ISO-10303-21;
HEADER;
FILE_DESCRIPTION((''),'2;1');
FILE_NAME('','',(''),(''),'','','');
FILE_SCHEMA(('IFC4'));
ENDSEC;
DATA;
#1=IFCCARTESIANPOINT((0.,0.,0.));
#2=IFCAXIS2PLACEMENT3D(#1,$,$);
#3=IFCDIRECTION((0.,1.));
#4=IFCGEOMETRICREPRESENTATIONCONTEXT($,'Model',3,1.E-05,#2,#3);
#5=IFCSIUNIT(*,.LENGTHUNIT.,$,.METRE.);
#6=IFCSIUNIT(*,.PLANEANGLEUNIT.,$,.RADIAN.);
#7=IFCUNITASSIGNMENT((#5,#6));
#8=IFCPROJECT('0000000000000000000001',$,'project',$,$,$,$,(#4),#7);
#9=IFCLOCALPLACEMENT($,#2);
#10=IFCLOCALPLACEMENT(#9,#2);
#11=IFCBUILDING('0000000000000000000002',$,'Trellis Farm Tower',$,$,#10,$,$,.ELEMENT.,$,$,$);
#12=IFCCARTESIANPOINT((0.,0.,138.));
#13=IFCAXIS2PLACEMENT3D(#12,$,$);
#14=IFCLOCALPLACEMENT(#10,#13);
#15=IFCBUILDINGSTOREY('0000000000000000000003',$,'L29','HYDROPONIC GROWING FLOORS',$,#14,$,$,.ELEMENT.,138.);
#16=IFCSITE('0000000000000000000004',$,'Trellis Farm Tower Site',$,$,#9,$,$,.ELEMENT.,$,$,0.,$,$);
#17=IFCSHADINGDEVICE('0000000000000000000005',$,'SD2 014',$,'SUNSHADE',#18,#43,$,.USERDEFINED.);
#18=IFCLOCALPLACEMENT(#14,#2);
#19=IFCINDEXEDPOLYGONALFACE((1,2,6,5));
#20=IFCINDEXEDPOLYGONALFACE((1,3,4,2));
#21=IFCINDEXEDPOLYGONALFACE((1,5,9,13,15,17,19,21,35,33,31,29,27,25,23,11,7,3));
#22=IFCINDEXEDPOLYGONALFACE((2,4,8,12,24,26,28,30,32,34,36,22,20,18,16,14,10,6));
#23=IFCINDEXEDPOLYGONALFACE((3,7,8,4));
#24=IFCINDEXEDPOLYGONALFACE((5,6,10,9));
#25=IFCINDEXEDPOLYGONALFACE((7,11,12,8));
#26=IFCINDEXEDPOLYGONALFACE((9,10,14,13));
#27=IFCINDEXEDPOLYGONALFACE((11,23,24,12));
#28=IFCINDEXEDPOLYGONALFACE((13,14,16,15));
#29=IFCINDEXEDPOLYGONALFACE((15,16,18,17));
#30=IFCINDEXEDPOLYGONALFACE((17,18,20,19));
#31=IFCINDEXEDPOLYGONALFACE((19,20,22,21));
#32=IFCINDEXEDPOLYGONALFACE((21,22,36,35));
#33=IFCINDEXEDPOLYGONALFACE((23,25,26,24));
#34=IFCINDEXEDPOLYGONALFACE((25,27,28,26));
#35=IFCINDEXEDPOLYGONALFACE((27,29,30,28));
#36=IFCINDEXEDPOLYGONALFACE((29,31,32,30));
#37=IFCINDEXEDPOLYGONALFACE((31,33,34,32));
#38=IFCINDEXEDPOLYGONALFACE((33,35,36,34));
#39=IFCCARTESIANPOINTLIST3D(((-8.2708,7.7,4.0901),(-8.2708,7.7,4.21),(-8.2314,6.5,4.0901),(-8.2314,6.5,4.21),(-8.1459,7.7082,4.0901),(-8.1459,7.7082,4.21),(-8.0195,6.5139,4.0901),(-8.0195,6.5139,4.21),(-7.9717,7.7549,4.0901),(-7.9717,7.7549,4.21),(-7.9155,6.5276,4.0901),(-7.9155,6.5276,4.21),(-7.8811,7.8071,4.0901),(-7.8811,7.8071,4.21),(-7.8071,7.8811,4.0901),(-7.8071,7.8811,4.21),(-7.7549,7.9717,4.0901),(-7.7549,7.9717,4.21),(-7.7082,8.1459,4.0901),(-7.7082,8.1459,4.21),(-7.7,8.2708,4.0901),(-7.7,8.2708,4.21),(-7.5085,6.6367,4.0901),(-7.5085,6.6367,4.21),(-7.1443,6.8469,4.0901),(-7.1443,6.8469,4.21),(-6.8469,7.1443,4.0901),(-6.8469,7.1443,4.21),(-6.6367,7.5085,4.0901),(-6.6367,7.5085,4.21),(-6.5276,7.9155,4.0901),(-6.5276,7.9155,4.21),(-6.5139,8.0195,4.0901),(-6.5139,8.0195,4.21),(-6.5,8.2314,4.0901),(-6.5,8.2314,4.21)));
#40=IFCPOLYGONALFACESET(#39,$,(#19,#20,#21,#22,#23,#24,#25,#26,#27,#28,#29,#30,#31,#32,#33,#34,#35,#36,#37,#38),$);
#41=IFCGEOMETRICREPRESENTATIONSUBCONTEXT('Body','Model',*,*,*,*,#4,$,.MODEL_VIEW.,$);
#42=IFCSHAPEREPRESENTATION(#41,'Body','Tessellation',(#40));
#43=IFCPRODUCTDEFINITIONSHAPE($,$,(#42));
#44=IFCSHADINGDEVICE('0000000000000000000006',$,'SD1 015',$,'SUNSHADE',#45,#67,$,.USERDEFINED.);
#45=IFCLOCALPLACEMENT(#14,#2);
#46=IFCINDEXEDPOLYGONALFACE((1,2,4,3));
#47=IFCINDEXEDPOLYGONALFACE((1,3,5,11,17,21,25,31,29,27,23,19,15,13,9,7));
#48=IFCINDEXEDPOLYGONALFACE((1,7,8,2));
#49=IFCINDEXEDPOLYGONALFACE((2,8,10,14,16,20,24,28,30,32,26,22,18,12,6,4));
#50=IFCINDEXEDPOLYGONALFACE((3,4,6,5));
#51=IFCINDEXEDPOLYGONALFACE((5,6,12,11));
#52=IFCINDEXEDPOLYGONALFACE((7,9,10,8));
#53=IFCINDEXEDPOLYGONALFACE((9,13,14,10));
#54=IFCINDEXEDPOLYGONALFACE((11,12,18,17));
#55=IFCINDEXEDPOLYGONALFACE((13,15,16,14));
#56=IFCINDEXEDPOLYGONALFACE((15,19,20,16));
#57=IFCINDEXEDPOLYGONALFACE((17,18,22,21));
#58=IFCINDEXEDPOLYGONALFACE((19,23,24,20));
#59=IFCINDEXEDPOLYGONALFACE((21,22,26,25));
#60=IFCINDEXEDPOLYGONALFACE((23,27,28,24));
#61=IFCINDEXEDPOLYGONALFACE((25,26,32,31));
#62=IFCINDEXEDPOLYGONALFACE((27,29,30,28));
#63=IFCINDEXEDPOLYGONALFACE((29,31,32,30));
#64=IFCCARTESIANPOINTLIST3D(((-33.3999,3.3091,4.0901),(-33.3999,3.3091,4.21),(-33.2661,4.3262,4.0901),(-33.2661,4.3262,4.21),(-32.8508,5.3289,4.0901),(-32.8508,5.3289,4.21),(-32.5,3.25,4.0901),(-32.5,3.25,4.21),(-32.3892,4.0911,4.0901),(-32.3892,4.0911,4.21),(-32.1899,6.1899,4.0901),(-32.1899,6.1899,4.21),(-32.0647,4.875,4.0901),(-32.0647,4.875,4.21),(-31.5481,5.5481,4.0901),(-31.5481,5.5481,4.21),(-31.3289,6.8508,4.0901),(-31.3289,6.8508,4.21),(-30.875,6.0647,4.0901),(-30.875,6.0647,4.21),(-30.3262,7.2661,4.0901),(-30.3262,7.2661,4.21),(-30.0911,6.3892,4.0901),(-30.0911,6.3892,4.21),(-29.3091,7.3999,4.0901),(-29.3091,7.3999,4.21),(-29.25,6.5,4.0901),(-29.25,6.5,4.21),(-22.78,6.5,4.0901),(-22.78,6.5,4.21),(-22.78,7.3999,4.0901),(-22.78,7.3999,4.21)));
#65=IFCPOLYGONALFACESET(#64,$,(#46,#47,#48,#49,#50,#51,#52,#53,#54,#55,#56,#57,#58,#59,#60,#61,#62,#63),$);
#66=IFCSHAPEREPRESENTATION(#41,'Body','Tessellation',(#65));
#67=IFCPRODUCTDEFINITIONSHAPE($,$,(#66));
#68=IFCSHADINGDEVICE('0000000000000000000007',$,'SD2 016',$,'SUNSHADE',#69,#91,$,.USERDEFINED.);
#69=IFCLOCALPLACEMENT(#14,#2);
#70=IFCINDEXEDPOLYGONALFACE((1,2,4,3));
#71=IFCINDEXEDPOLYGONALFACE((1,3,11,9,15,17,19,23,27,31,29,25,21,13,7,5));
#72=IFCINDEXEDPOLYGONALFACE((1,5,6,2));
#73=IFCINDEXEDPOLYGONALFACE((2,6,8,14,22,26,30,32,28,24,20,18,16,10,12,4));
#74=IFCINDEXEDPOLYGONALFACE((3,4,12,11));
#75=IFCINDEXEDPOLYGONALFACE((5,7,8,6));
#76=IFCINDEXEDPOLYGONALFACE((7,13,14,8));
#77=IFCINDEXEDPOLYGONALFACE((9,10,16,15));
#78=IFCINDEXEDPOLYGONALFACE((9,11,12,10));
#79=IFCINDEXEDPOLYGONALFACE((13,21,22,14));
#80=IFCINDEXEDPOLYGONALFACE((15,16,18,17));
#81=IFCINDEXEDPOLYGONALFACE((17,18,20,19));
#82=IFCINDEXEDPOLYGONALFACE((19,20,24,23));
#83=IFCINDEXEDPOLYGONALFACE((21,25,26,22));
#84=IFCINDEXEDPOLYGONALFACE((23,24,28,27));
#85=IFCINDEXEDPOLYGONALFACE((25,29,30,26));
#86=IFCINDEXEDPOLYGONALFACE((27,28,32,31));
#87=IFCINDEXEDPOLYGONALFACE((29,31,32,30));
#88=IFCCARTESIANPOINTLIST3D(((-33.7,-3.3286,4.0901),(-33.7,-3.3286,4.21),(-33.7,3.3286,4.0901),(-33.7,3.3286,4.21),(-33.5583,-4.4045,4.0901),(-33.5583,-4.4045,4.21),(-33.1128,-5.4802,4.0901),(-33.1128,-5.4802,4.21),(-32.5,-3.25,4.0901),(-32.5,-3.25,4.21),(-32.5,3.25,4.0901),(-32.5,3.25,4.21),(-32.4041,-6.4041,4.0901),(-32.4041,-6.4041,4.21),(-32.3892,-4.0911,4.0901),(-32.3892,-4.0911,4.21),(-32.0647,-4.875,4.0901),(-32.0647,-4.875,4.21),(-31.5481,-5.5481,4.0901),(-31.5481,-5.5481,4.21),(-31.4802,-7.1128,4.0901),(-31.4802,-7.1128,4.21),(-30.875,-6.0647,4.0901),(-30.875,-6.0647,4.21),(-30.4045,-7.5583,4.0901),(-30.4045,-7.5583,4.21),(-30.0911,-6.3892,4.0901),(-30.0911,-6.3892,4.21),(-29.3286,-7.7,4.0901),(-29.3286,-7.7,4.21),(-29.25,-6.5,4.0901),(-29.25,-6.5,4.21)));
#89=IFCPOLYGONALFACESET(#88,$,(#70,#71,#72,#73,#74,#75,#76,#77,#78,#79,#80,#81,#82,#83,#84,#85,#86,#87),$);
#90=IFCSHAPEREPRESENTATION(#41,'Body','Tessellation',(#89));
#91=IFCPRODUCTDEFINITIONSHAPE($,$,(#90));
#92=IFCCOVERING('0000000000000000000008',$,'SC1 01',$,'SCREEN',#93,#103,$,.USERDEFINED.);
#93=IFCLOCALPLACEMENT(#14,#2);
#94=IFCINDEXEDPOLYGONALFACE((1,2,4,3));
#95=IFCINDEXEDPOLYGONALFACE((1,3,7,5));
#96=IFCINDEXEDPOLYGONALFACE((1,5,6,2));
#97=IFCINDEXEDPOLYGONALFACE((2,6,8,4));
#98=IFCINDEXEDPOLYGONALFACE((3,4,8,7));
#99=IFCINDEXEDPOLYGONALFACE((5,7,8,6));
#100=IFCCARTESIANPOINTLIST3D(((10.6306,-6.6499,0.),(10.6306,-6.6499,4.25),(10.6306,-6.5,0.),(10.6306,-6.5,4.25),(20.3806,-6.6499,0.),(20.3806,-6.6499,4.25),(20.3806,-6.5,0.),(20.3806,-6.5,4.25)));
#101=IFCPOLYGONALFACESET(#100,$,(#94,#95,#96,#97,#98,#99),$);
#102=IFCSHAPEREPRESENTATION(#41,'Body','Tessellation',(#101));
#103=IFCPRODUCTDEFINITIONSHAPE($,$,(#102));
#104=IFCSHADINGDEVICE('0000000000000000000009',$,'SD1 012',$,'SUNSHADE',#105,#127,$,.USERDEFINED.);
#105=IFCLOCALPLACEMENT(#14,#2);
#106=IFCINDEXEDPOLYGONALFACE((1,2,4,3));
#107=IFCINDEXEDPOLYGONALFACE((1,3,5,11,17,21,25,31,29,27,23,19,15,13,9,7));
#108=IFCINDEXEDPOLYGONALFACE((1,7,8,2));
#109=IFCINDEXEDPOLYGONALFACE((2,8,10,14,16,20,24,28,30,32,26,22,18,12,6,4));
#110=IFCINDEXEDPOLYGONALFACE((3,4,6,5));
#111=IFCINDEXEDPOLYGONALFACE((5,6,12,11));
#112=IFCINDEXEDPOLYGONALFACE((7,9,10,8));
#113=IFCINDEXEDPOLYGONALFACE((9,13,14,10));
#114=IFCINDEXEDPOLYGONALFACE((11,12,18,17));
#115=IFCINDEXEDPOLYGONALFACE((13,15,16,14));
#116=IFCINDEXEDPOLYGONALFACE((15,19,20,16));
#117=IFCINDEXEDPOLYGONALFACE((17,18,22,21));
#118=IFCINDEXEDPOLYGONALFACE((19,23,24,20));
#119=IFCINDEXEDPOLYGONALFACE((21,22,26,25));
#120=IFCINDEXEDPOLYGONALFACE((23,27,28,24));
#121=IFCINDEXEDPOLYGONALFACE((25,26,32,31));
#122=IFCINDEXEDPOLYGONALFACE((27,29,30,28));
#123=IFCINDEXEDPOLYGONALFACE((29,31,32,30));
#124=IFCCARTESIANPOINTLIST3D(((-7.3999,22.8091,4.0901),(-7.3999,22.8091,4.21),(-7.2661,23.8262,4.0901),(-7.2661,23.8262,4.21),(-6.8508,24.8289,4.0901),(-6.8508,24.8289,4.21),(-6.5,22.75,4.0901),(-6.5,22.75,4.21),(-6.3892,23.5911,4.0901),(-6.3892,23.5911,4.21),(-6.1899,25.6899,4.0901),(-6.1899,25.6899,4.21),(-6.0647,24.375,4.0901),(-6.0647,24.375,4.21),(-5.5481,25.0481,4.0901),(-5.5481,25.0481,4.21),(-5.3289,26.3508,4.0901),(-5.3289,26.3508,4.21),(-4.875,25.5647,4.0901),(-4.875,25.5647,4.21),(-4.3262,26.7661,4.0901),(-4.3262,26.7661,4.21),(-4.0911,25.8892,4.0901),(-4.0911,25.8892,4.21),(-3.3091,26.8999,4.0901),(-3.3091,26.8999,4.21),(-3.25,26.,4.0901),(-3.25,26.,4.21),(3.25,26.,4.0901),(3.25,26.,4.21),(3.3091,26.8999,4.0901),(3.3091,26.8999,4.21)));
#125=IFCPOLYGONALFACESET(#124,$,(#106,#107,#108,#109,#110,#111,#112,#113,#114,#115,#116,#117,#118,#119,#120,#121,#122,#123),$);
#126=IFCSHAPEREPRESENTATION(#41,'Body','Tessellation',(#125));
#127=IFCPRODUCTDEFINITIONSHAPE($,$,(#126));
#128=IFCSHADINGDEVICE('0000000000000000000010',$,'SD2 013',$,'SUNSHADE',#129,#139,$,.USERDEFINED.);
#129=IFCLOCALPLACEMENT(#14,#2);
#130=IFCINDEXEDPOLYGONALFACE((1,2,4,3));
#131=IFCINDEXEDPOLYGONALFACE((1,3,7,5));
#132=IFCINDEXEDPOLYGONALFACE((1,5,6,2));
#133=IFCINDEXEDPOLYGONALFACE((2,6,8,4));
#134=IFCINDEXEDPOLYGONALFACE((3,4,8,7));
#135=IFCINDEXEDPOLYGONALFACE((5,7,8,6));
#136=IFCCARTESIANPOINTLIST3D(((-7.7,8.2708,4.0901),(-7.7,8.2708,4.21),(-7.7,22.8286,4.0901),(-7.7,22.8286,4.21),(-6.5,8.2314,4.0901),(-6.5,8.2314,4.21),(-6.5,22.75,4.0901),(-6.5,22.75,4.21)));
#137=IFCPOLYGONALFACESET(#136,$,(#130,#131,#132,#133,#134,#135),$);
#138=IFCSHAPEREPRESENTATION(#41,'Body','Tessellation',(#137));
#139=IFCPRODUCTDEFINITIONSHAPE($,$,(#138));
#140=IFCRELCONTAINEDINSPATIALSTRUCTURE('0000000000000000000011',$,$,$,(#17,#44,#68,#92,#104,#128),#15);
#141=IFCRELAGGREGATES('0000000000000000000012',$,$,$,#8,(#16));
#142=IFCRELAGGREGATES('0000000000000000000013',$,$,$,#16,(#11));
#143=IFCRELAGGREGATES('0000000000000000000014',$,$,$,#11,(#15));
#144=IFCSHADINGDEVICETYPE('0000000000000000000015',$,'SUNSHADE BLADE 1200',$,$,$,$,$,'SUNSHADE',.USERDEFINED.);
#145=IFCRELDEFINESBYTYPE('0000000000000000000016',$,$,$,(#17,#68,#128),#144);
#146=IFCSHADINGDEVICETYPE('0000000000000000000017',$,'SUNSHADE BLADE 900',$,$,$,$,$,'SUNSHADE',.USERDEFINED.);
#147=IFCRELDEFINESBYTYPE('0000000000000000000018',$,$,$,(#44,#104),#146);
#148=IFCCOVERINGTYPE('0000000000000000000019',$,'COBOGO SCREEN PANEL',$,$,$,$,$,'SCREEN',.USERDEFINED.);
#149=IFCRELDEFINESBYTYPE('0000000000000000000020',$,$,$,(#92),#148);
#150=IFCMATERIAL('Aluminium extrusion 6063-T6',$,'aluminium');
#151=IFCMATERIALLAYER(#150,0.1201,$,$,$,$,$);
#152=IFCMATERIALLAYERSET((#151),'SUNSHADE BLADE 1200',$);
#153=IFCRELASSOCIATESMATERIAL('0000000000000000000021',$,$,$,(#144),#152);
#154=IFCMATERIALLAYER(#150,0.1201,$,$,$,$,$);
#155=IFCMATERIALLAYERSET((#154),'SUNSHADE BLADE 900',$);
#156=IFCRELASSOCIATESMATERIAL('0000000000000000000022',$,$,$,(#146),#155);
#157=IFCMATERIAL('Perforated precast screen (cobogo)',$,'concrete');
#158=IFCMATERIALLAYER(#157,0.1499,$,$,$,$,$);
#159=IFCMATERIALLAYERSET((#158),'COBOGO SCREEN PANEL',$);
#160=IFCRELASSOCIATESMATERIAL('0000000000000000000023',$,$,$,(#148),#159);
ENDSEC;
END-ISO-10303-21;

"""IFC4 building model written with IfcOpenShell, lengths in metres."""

from ifc_helpers import new_model, si_unit, direction, frame, origin, place, context, subcontext, project, spatial, polyline, outline, extrude, source, transform, mapped, material, layer, layer_set, type_object, element, save


model = new_model("IFC4")

# Units and contexts
model_context = context("Model", 3, precision=1e-05, world=origin(), true_north=direction((0.0, 1.0)))
body_context = subcontext(model_context, "Body", "Model", "MODEL_VIEW")
ifc_project = project(units=[si_unit("LENGTHUNIT", "METRE"), si_unit("PLANEANGLEUNIT", "RADIAN")], contexts=[model_context])

# Site, building, storey
site_placement = place(None, origin())
site = spatial("IfcSite", under=ifc_project, at=site_placement, Name="Trellis Farm Tower Site", CompositionType="ELEMENT", RefElevation=0.0)
building_placement = place(site_placement, origin())
building = spatial("IfcBuilding", under=site, at=building_placement, Name="Trellis Farm Tower", CompositionType="ELEMENT")
storey_placement = place(building_placement, frame((0.0, 0.0, 138.0)))
storey = spatial("IfcBuildingStorey", under=building, at=storey_placement, Name="L29", Description="HYDROPONIC GROWING FLOORS", CompositionType="ELEMENT", Elevation=138.0)

# Shared definitions
placement_1 = place(storey_placement, origin())
ifc_material_1 = material(Name="Aluminium extrusion 6063-T6", Category="aluminium")

# Shading devices
ifc_layer_1 = layer(ifc_material_1, 0.1201)
ifc_layer_set_1 = layer_set([ifc_layer_1], Name="SUNSHADE BLADE 1200")
shading_device_type_1 = type_object("IfcShadingDeviceType", Name="SUNSHADE BLADE 1200", ElementType="SUNSHADE", PredefinedType="USERDEFINED", material=ifc_layer_set_1)
shared_shape_1 = source(origin(), body_context, "Body", "SweptSolid", [
    extrude(outline(polyline([(-7.7, 8.2708), (-7.7087, 8.1372), (-7.707, 8.1501), (-7.7549, 7.9717), (-7.8071, 7.8811), (-7.8811, 7.8071), (-7.9717, 7.7549), (-8.1501, 7.707), (-8.1372, 7.7087), (-8.2708, 7.7), (-8.2314, 6.5), (-8.0195, 6.5139), (-7.9155, 6.5276), (-7.5085, 6.6367), (-7.1443, 6.8469), (-6.8469, 7.1443), (-6.6367, 7.5085), (-6.5276, 7.9155), (-6.5139, 8.0195), (-6.5, 8.2314), (-7.7, 8.2708)])), origin(), (0.0, 0.0, 1.0), 0.1199),
])
placement_2 = place(storey_placement, frame((0.0, 0.0, 4.0901)))
element("IfcShadingDevice", 1, at=placement_2, inside=storey, type_object=shading_device_type_1, Name="SD2 014", ObjectType="SUNSHADE", PredefinedType="USERDEFINED", context=body_context, shape_type="MappedRepresentation", body=[
    mapped(shared_shape_1, transform((0.0, 0.0, 0.0))),
])
ifc_layer_2 = layer(ifc_material_1, 0.1201)
ifc_layer_set_2 = layer_set([ifc_layer_2], Name="SUNSHADE BLADE 900")
shading_device_type_2 = type_object("IfcShadingDeviceType", Name="SUNSHADE BLADE 900", ElementType="SUNSHADE", PredefinedType="USERDEFINED", material=ifc_layer_set_2)
shared_shape_2 = source(origin(), body_context, "Body", "SweptSolid", [
    extrude(outline(polyline([(-22.78, 7.3999), (-29.3091, 7.3999), (-30.3262, 7.2661), (-31.3289, 6.8508), (-32.1899, 6.1899), (-32.8508, 5.3289), (-33.2661, 4.3262), (-33.3999, 3.3091), (-32.5, 3.25), (-32.3892, 4.0911), (-32.0647, 4.875), (-31.5481, 5.5481), (-30.875, 6.0647), (-30.0911, 6.3892), (-29.25, 6.5), (-22.78, 6.5), (-22.78, 7.3999)])), origin(), (0.0, 0.0, 1.0), 0.1199),
])
element("IfcShadingDevice", 2, at=placement_2, inside=storey, type_object=shading_device_type_2, Name="SD1 015", ObjectType="SUNSHADE", PredefinedType="USERDEFINED", context=body_context, shape_type="MappedRepresentation", body=[
    mapped(shared_shape_2, transform((0.0, 0.0, 0.0))),
])
shared_shape_3 = source(origin(), body_context, "Body", "SweptSolid", [
    extrude(outline(polyline([(-33.7, 3.3286), (-33.7, -3.3286), (-33.5583, -4.4045), (-33.1128, -5.4802), (-32.4041, -6.4041), (-31.4802, -7.1128), (-30.4045, -7.5583), (-29.3286, -7.7), (-29.25, -6.5), (-30.0911, -6.3892), (-30.875, -6.0647), (-31.5481, -5.5481), (-32.0647, -4.875), (-32.3892, -4.0911), (-32.5, -3.25), (-32.5, 3.25), (-33.7, 3.3286)])), origin(), (0.0, 0.0, 1.0), 0.1199),
])
element("IfcShadingDevice", 3, at=placement_2, inside=storey, type_object=shading_device_type_1, Name="SD2 016", ObjectType="SUNSHADE", PredefinedType="USERDEFINED", context=body_context, shape_type="MappedRepresentation", body=[
    mapped(shared_shape_3, transform((0.0, 0.0, 0.0))),
])

# Covering
ifc_material_2 = material(Name="Perforated precast screen (cobogo)", Category="concrete")
ifc_layer_3 = layer(ifc_material_2, 0.1499)
ifc_layer_set_3 = layer_set([ifc_layer_3], Name="COBOGO SCREEN PANEL")
covering_type = type_object("IfcCoveringType", Name="COBOGO SCREEN PANEL", ElementType="SCREEN", PredefinedType="USERDEFINED", material=ifc_layer_set_3)
shared_shape_4 = source(origin(), body_context, "Body", "SweptSolid", [
    extrude(outline(polyline([(10.6306, -6.6499), (20.3806, -6.6499), (20.3806, -6.5), (10.6306, -6.5), (10.6306, -6.6499)])), origin(), (0.0, 0.0, 1.0), 4.25),
])
element("IfcCovering", 4, at=placement_1, inside=storey, type_object=covering_type, Name="SC1 01", ObjectType="SCREEN", PredefinedType="USERDEFINED", context=body_context, shape_type="MappedRepresentation", body=[
    mapped(shared_shape_4, transform((0.0, 0.0, 0.0))),
])

# Shading devices
shared_shape_5 = source(origin(), body_context, "Body", "SweptSolid", [
    extrude(outline(polyline([(3.3091, 26.8999), (-3.3091, 26.8999), (-4.3262, 26.7661), (-5.3289, 26.3508), (-6.1899, 25.6899), (-6.8508, 24.8289), (-7.2661, 23.8262), (-7.3999, 22.8091), (-6.5, 22.75), (-6.3892, 23.5911), (-6.0647, 24.375), (-5.5481, 25.0481), (-4.875, 25.5647), (-4.0911, 25.8892), (-3.25, 26.0), (3.25, 26.0), (3.3091, 26.8999)])), origin(), (0.0, 0.0, 1.0), 0.1199),
])
element("IfcShadingDevice", 5, at=placement_2, inside=storey, type_object=shading_device_type_2, Name="SD1 012", ObjectType="SUNSHADE", PredefinedType="USERDEFINED", context=body_context, shape_type="MappedRepresentation", body=[
    mapped(shared_shape_5, transform((0.0, 0.0, 0.0))),
])
shared_shape_6 = source(origin(), body_context, "Body", "SweptSolid", [
    extrude(outline(polyline([(-7.7, 22.8286), (-7.7, 8.2708), (-6.5, 8.2314), (-6.5, 22.75), (-7.7, 22.8286)])), origin(), (0.0, 0.0, 1.0), 0.1199),
])
element("IfcShadingDevice", 6, at=placement_2, inside=storey, type_object=shading_device_type_1, Name="SD2 013", ObjectType="SUNSHADE", PredefinedType="USERDEFINED", context=body_context, shape_type="MappedRepresentation", body=[
    mapped(shared_shape_6, transform((0.0, 0.0, 0.0))),
])

save(model, "model.ifc")
